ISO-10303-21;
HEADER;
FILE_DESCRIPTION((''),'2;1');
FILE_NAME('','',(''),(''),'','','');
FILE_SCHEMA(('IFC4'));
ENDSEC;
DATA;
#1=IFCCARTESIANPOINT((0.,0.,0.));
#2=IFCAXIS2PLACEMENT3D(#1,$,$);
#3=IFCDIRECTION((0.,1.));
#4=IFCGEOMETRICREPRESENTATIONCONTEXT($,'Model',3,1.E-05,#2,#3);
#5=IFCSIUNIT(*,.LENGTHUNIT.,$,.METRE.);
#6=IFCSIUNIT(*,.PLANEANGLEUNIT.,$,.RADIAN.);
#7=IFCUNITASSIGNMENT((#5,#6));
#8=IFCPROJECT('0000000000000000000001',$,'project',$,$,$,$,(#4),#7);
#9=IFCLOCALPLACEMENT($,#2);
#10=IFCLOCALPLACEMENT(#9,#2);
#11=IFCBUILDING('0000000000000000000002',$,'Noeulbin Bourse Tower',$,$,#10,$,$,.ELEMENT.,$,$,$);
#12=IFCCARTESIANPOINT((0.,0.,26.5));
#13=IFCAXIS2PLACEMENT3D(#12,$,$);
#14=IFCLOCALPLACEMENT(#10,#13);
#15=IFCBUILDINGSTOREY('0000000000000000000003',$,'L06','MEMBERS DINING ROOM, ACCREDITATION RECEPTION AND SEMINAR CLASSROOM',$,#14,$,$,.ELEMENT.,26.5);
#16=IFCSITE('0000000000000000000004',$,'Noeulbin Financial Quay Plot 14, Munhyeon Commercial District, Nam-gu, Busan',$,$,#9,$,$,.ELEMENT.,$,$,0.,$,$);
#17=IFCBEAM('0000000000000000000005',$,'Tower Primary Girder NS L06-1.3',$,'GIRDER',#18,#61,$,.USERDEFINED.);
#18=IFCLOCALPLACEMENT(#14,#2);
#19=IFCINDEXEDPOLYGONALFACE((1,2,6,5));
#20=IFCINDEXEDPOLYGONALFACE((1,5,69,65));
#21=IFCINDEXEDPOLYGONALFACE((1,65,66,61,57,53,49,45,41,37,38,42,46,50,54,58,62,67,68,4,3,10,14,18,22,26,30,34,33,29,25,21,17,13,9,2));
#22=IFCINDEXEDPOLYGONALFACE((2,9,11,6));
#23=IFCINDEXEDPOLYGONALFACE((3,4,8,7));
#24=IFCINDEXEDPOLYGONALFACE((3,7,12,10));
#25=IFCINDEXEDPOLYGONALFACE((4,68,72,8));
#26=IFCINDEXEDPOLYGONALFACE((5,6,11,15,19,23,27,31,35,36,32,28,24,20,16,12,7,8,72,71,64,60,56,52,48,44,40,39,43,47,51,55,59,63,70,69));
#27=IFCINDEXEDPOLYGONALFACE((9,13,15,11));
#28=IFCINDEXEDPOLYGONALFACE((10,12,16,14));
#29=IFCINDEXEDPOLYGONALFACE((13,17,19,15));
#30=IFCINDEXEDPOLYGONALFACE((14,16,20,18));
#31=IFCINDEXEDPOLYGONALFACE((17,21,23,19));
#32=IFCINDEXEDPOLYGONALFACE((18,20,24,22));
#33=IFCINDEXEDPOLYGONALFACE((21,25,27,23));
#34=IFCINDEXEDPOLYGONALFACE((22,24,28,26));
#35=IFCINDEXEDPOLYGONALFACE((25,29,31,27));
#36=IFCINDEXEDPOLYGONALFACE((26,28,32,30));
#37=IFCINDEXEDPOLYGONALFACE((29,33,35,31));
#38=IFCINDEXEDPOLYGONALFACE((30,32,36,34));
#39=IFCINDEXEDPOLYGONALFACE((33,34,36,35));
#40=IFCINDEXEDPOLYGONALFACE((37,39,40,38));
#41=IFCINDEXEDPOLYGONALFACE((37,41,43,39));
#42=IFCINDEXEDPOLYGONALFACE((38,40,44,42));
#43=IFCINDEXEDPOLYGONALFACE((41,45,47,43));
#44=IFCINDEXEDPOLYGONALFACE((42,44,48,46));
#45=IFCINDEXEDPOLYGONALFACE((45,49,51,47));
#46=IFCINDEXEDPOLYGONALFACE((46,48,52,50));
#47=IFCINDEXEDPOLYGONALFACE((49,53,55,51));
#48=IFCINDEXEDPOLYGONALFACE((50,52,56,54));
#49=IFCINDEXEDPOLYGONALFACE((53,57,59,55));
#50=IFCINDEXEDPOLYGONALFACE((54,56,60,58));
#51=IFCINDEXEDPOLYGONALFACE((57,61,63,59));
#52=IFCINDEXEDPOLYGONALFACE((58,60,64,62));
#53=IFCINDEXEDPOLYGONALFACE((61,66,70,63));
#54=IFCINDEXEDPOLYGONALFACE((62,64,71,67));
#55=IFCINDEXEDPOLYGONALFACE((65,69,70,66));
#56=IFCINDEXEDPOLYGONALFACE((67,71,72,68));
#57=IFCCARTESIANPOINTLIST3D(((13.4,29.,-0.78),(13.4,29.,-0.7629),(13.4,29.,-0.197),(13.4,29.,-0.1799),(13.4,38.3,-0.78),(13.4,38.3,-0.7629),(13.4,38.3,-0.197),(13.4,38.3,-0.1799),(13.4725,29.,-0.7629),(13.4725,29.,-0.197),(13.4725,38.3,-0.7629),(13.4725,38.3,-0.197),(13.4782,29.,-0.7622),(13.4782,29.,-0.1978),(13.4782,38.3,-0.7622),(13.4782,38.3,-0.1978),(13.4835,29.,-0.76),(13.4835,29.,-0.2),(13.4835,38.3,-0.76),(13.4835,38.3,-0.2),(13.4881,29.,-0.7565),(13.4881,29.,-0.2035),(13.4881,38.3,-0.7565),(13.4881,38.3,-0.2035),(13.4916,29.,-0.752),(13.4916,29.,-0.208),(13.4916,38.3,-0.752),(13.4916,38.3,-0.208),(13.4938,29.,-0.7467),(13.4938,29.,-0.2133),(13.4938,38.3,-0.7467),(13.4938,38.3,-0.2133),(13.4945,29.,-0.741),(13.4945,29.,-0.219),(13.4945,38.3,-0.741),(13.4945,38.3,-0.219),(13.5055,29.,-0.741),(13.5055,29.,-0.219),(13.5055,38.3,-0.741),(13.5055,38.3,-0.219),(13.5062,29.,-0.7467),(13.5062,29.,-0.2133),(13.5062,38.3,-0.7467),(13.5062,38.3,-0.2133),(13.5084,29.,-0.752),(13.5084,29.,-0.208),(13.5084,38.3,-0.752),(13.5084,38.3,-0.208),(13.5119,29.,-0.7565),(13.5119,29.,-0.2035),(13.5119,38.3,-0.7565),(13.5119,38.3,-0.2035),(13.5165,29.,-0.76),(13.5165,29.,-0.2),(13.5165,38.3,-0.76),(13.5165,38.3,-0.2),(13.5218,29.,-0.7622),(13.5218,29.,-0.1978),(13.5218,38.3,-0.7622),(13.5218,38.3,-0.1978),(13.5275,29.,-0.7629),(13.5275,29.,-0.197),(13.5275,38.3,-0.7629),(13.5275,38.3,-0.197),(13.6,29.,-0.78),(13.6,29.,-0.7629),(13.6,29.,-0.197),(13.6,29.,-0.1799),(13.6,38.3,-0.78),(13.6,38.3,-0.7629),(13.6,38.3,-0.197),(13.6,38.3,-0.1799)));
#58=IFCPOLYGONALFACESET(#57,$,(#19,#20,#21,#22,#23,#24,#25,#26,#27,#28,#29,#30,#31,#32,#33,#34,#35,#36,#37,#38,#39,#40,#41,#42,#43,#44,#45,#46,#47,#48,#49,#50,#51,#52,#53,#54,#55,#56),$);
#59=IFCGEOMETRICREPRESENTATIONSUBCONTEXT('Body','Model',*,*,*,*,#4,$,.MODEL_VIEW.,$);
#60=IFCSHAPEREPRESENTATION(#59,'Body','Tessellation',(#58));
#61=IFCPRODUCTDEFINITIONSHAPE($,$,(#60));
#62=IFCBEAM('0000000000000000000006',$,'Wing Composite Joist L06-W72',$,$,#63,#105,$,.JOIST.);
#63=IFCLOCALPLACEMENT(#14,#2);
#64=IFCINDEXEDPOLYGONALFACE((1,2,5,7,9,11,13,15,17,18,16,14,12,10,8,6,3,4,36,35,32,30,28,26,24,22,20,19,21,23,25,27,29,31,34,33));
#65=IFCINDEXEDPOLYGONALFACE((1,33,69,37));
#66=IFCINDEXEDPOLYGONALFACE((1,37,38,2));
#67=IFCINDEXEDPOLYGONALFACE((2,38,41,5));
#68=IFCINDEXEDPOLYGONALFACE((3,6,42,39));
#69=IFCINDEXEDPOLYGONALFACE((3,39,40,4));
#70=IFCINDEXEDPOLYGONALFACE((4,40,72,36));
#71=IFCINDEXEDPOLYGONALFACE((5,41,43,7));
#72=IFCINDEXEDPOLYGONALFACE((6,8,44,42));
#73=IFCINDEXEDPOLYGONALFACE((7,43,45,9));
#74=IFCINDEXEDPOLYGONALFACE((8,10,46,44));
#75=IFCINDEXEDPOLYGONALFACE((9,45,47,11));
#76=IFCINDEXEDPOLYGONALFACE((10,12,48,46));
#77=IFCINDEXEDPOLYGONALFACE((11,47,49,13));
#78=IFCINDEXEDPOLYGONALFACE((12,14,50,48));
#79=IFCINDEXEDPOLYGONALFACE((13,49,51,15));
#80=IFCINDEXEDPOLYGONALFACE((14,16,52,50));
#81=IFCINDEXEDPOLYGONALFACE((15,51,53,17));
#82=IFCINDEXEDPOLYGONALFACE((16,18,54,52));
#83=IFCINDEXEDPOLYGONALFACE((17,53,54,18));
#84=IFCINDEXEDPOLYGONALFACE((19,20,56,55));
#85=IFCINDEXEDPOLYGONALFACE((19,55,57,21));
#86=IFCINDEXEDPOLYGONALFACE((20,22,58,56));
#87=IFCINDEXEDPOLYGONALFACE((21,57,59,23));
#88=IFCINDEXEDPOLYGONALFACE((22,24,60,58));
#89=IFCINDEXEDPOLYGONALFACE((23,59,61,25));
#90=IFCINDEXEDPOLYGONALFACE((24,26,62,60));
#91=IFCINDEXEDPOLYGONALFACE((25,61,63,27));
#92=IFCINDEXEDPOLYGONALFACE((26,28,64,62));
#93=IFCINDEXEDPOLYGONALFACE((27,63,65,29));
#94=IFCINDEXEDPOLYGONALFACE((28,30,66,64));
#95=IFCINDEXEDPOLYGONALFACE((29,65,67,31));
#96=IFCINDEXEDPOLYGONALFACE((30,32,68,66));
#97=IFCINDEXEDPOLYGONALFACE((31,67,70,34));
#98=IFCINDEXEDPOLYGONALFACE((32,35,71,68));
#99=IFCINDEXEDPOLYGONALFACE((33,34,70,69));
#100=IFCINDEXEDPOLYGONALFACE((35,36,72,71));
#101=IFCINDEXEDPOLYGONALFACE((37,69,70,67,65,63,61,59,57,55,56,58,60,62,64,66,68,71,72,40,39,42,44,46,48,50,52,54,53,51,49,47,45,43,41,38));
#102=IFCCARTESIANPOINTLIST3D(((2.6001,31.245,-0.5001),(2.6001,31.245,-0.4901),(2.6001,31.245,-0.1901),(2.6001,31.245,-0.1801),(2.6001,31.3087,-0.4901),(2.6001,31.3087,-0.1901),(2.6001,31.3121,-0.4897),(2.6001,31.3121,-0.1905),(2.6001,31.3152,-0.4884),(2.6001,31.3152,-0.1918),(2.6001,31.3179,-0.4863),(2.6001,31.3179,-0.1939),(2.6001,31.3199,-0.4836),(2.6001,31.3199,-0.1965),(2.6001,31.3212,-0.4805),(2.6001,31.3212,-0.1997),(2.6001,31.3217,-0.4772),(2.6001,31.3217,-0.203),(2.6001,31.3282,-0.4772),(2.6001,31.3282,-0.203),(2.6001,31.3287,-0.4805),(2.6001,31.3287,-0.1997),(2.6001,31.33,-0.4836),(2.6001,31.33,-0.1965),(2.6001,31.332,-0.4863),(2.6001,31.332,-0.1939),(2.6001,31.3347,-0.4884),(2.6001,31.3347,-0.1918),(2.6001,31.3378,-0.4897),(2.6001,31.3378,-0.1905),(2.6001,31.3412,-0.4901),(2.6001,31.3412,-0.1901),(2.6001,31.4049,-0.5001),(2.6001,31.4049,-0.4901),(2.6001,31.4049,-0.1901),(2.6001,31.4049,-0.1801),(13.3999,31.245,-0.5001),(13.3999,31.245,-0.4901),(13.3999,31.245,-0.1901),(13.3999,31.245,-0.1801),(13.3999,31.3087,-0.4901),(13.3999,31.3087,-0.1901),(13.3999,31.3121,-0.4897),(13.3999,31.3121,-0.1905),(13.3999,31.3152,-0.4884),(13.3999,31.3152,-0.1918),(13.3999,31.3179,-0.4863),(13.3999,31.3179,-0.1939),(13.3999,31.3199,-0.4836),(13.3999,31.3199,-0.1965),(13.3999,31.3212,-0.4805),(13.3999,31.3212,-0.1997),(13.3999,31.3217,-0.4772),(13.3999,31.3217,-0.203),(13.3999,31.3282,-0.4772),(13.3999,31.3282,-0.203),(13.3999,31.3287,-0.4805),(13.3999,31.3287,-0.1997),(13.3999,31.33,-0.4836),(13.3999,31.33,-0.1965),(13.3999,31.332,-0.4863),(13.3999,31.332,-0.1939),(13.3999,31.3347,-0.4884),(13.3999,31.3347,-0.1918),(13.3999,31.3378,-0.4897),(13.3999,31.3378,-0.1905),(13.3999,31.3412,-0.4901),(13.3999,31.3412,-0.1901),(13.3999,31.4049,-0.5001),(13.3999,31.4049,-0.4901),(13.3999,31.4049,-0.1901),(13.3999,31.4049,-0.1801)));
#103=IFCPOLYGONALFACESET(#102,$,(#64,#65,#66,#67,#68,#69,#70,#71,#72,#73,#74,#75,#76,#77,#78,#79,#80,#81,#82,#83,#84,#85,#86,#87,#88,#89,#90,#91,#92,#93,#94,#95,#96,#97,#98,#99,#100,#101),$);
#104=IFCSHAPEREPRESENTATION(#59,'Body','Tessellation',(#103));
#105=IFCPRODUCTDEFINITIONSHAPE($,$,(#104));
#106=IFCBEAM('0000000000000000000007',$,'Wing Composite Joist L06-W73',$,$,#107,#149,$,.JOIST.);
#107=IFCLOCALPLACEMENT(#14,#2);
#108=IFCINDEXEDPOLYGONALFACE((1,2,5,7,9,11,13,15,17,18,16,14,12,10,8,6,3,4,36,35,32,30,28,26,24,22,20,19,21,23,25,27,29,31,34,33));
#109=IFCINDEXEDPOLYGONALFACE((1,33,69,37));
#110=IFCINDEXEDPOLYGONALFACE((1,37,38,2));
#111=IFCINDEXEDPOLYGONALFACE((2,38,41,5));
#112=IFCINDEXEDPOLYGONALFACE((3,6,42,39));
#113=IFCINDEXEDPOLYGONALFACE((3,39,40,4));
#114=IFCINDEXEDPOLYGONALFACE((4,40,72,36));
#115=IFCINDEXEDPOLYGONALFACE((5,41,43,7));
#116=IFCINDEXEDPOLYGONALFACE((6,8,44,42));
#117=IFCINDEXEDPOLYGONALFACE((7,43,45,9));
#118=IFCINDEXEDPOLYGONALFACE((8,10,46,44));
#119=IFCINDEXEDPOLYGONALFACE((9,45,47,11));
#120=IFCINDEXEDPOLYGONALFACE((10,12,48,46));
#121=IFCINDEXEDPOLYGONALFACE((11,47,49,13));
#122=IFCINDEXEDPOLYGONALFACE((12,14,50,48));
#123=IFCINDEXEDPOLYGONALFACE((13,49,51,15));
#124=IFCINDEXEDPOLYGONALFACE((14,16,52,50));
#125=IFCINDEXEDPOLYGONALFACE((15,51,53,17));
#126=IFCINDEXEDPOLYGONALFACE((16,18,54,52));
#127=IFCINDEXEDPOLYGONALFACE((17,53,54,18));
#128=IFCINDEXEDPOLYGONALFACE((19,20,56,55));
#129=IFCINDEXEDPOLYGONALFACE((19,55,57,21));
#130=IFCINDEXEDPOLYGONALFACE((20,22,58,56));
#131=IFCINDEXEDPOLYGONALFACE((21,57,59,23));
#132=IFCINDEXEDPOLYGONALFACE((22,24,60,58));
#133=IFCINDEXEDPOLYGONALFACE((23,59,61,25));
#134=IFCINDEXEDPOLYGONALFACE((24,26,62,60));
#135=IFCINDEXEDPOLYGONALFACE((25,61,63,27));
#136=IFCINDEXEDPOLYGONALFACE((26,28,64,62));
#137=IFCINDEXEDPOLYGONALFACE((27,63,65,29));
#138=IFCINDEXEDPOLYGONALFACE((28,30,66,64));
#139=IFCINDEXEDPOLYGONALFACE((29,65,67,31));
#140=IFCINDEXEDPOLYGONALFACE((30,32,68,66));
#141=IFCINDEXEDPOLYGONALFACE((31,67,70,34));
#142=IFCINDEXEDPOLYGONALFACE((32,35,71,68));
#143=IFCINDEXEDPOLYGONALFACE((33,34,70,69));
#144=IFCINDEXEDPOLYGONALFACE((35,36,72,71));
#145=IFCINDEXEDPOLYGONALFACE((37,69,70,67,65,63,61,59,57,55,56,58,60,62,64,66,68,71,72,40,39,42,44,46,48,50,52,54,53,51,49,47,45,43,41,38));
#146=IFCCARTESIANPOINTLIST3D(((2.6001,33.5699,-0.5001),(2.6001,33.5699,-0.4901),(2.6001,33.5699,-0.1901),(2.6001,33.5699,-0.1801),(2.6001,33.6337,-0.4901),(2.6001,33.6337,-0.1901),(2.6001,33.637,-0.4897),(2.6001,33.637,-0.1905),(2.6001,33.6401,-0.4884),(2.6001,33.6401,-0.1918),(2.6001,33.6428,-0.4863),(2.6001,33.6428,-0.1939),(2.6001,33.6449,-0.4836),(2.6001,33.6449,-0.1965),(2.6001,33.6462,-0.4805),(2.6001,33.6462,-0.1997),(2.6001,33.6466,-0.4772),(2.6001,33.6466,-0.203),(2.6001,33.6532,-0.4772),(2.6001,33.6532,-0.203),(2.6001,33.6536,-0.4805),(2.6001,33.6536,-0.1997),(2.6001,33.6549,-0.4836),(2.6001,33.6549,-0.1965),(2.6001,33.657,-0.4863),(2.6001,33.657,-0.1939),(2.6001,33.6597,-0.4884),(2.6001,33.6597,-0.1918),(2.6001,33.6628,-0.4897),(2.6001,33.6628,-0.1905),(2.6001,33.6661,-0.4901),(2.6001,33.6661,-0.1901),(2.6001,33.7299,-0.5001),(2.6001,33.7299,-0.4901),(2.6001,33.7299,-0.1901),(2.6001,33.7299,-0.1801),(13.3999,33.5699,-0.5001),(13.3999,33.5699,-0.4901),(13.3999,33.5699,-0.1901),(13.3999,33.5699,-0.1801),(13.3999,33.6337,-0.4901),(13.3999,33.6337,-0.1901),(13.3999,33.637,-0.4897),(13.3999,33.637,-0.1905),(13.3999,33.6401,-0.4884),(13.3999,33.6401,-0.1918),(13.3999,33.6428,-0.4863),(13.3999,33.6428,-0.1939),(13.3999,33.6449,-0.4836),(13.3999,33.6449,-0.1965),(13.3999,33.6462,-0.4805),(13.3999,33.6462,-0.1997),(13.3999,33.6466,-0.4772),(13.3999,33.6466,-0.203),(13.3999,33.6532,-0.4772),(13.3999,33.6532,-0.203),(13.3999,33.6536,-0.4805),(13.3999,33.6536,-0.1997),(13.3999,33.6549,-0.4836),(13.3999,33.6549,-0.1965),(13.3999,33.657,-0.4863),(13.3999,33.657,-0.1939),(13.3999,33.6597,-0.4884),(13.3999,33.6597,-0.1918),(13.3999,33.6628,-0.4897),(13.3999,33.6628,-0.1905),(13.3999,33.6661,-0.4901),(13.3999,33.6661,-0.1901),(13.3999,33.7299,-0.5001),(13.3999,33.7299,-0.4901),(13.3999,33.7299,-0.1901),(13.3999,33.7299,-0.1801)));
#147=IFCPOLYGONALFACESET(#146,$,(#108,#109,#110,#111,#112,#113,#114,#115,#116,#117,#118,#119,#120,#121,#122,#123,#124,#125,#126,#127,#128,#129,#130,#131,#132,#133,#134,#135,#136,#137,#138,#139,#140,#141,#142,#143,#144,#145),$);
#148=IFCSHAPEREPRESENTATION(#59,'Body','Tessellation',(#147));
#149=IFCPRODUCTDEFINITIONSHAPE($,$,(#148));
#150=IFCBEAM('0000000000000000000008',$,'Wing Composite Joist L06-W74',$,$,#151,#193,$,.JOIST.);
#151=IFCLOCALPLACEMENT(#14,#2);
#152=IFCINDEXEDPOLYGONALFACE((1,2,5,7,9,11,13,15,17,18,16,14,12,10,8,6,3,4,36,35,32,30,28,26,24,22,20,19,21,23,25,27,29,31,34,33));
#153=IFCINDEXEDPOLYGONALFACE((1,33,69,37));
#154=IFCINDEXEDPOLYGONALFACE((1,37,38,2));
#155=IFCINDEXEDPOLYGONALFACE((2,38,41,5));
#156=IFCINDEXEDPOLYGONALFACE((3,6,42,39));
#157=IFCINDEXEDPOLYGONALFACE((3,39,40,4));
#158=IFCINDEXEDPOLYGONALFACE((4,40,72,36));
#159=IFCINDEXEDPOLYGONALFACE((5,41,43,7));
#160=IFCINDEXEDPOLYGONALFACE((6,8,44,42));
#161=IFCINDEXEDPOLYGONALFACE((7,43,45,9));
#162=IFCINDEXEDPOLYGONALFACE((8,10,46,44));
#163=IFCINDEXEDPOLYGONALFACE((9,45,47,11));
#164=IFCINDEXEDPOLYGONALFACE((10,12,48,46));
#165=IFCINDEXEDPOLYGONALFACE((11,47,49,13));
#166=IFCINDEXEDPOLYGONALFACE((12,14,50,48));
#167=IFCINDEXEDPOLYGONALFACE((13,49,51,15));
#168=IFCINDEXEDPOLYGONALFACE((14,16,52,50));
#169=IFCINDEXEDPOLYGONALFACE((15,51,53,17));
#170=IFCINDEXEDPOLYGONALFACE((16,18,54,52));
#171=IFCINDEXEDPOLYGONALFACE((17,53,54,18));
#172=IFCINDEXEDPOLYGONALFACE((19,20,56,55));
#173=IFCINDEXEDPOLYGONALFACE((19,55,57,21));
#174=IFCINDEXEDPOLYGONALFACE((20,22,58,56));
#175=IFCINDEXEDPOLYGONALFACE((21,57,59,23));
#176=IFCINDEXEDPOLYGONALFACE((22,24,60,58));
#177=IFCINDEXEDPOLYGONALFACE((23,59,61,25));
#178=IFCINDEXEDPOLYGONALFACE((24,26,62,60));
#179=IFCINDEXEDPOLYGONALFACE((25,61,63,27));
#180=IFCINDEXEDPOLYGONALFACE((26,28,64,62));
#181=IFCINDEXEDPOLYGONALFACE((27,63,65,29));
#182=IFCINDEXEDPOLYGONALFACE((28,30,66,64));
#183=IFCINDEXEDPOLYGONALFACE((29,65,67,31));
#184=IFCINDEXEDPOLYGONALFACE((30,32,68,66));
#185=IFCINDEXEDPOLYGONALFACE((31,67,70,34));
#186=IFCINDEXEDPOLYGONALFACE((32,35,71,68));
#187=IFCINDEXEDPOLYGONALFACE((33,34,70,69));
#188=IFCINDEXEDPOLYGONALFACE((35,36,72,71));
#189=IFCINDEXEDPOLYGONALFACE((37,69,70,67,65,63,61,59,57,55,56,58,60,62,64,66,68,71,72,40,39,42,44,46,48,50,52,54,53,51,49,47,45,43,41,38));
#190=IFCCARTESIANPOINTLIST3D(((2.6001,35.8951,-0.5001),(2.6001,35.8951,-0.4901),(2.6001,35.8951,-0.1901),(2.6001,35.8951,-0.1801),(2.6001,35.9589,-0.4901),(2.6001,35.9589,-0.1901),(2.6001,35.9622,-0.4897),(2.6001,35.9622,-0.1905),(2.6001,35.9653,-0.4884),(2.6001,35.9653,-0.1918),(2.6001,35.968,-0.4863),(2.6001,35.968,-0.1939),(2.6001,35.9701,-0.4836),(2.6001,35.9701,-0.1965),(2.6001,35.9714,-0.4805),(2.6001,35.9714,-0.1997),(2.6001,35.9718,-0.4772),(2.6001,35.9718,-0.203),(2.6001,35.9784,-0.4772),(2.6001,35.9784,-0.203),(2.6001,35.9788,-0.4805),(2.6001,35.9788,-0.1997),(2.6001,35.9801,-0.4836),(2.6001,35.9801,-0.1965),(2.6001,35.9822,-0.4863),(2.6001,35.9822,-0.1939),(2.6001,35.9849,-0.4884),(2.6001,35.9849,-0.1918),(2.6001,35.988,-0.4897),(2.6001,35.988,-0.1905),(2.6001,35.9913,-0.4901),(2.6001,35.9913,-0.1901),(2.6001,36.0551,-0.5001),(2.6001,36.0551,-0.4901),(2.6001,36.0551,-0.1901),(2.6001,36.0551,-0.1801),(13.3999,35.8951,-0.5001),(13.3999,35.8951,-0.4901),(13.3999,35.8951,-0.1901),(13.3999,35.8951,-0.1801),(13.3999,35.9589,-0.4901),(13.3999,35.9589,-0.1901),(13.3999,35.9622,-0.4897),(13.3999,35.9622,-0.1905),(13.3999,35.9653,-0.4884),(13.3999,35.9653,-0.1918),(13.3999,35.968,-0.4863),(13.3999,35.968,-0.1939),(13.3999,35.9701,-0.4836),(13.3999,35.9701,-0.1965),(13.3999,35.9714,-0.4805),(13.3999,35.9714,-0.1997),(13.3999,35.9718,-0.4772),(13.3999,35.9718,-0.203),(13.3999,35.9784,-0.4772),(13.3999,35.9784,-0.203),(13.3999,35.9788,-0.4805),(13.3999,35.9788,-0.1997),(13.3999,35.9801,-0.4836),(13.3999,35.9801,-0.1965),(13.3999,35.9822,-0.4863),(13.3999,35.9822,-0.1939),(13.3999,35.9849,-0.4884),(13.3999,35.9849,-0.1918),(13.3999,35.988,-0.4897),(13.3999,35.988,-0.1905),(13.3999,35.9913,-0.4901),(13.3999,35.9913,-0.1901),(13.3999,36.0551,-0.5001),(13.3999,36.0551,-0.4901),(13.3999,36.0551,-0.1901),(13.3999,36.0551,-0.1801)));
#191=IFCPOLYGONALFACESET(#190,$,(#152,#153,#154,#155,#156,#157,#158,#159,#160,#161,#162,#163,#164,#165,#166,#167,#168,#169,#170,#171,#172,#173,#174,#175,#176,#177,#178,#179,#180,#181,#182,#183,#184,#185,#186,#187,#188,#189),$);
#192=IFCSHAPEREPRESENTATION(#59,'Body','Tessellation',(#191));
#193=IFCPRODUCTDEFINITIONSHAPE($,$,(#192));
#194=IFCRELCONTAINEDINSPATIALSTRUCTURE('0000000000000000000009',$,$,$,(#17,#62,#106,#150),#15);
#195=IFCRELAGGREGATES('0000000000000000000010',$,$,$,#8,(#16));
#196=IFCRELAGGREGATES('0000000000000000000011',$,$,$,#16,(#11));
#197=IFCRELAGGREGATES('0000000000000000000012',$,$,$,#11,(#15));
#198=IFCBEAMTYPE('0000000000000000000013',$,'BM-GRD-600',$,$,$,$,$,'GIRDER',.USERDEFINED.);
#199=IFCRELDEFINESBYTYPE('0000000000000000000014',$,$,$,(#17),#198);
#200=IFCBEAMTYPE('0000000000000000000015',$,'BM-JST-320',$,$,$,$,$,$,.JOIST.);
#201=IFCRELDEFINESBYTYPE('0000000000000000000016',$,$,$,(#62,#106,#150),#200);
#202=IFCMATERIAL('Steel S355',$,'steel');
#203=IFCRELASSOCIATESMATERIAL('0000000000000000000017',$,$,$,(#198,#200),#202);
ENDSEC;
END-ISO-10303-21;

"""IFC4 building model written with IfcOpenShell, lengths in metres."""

from ifc_helpers import new_model, si_unit, direction, frame, origin, origin_2d, place, context, subcontext, project, spatial, i_section, extrude, material, material_profile, profile_set, type_object, element, save


model = new_model("IFC4")

# Units and contexts
model_context = context("Model", 3, precision=1e-05, world=origin(), true_north=direction((0.0, 1.0)))
body_context = subcontext(model_context, "Body", "Model", "MODEL_VIEW")
ifc_project = project(units=[si_unit("LENGTHUNIT", "METRE"), si_unit("PLANEANGLEUNIT", "RADIAN")], contexts=[model_context])

# Site, building, storey
site_placement = place(None, origin())
site = spatial("IfcSite", under=ifc_project, at=site_placement, Name="Noeulbin Financial Quay Plot 14, Munhyeon Commercial District, Nam-gu, Busan", CompositionType="ELEMENT", RefElevation=0.0)
building_placement = place(site_placement, origin())
building = spatial("IfcBuilding", under=site, at=building_placement, Name="Noeulbin Bourse Tower", CompositionType="ELEMENT")
storey_placement = place(building_placement, frame((0.0, 0.0, 26.5)))
storey = spatial("IfcBuildingStorey", under=building, at=storey_placement, Name="L06", Description="MEMBERS DINING ROOM, ACCREDITATION RECEPTION AND SEMINAR CLASSROOM", CompositionType="ELEMENT", Elevation=26.5)

# Beams
ifc_material_1 = material(Name="Steel S355", Category="steel")
ifc_material_profile_1 = material_profile(ifc_material_1, i_section(OverallWidth=0.2, OverallDepth=0.6001, WebThickness=0.011, FlangeThickness=0.0171, FilletRadius=0.022, at=origin_2d()), Name="H-600x200x11x17", Category="LoadBearing")
ifc_profile_set_1 = profile_set([ifc_material_profile_1], Name="Steel S355")
beam_type_1 = type_object("IfcBeamType", Name="BM-GRD-600", ElementType="GIRDER", PredefinedType="USERDEFINED", material=ifc_profile_set_1)
beam_placement = place(storey_placement, frame((13.5, 29.0, -0.48), z_axis=(0.0, 1.0, 0.0), x_axis=(-1.0, 0.0, 0.0)))
element("IfcBeam", 1, at=beam_placement, inside=storey, type_object=beam_type_1, Name="Tower Primary Girder NS L06-1.3", ObjectType="GIRDER", PredefinedType="USERDEFINED", context=body_context, shape_type="SweptSolid", body=[
    extrude(i_section(OverallWidth=0.2, OverallDepth=0.6001, WebThickness=0.011, FlangeThickness=0.0171, FilletRadius=0.022, at=origin_2d()), origin(), (0.0, 0.0, 1.0), 9.3),
])
ifc_material_profile_2 = material_profile(ifc_material_1, i_section(OverallWidth=0.1599, OverallDepth=0.3201, WebThickness=0.0066, FlangeThickness=0.01, FilletRadius=0.0129, at=origin_2d()), Name="H-320x160x6.5x10", Category="LoadBearing")
ifc_profile_set_2 = profile_set([ifc_material_profile_2], Name="Steel S355")
beam_type_2 = type_object("IfcBeamType", Name="BM-JST-320", PredefinedType="JOIST", material=ifc_profile_set_2)
for number, where, z_axis, x_axis, name in (
    (2, (2.6001, 31.325, -0.3401), (1.0, 0.0, 0.0), (0.0, 1.0, 0.0), "Wing Composite Joist L06-W72"),
    (3, (2.6001, 33.6499, -0.3401), (1.0, 0.0, 0.0), (0.0, 1.0, 0.0), "Wing Composite Joist L06-W73"),
    (4, (2.6001, 35.9751, -0.3401), (1.0, 0.0, 0.0), (0.0, 1.0, 0.0), "Wing Composite Joist L06-W74"),
):
    element("IfcBeam", number, at=place(storey_placement, frame(where, z_axis=z_axis, x_axis=x_axis)), inside=storey, type_object=beam_type_2, Name=name, PredefinedType="JOIST", context=body_context, shape_type="SweptSolid", body=[
        extrude(i_section(OverallWidth=0.1599, OverallDepth=0.3201, WebThickness=0.0066, FlangeThickness=0.01, FilletRadius=0.0129, at=origin_2d()), origin(), (0.0, 0.0, 1.0), 10.7998),
    ])

save(model, "model.ifc")
